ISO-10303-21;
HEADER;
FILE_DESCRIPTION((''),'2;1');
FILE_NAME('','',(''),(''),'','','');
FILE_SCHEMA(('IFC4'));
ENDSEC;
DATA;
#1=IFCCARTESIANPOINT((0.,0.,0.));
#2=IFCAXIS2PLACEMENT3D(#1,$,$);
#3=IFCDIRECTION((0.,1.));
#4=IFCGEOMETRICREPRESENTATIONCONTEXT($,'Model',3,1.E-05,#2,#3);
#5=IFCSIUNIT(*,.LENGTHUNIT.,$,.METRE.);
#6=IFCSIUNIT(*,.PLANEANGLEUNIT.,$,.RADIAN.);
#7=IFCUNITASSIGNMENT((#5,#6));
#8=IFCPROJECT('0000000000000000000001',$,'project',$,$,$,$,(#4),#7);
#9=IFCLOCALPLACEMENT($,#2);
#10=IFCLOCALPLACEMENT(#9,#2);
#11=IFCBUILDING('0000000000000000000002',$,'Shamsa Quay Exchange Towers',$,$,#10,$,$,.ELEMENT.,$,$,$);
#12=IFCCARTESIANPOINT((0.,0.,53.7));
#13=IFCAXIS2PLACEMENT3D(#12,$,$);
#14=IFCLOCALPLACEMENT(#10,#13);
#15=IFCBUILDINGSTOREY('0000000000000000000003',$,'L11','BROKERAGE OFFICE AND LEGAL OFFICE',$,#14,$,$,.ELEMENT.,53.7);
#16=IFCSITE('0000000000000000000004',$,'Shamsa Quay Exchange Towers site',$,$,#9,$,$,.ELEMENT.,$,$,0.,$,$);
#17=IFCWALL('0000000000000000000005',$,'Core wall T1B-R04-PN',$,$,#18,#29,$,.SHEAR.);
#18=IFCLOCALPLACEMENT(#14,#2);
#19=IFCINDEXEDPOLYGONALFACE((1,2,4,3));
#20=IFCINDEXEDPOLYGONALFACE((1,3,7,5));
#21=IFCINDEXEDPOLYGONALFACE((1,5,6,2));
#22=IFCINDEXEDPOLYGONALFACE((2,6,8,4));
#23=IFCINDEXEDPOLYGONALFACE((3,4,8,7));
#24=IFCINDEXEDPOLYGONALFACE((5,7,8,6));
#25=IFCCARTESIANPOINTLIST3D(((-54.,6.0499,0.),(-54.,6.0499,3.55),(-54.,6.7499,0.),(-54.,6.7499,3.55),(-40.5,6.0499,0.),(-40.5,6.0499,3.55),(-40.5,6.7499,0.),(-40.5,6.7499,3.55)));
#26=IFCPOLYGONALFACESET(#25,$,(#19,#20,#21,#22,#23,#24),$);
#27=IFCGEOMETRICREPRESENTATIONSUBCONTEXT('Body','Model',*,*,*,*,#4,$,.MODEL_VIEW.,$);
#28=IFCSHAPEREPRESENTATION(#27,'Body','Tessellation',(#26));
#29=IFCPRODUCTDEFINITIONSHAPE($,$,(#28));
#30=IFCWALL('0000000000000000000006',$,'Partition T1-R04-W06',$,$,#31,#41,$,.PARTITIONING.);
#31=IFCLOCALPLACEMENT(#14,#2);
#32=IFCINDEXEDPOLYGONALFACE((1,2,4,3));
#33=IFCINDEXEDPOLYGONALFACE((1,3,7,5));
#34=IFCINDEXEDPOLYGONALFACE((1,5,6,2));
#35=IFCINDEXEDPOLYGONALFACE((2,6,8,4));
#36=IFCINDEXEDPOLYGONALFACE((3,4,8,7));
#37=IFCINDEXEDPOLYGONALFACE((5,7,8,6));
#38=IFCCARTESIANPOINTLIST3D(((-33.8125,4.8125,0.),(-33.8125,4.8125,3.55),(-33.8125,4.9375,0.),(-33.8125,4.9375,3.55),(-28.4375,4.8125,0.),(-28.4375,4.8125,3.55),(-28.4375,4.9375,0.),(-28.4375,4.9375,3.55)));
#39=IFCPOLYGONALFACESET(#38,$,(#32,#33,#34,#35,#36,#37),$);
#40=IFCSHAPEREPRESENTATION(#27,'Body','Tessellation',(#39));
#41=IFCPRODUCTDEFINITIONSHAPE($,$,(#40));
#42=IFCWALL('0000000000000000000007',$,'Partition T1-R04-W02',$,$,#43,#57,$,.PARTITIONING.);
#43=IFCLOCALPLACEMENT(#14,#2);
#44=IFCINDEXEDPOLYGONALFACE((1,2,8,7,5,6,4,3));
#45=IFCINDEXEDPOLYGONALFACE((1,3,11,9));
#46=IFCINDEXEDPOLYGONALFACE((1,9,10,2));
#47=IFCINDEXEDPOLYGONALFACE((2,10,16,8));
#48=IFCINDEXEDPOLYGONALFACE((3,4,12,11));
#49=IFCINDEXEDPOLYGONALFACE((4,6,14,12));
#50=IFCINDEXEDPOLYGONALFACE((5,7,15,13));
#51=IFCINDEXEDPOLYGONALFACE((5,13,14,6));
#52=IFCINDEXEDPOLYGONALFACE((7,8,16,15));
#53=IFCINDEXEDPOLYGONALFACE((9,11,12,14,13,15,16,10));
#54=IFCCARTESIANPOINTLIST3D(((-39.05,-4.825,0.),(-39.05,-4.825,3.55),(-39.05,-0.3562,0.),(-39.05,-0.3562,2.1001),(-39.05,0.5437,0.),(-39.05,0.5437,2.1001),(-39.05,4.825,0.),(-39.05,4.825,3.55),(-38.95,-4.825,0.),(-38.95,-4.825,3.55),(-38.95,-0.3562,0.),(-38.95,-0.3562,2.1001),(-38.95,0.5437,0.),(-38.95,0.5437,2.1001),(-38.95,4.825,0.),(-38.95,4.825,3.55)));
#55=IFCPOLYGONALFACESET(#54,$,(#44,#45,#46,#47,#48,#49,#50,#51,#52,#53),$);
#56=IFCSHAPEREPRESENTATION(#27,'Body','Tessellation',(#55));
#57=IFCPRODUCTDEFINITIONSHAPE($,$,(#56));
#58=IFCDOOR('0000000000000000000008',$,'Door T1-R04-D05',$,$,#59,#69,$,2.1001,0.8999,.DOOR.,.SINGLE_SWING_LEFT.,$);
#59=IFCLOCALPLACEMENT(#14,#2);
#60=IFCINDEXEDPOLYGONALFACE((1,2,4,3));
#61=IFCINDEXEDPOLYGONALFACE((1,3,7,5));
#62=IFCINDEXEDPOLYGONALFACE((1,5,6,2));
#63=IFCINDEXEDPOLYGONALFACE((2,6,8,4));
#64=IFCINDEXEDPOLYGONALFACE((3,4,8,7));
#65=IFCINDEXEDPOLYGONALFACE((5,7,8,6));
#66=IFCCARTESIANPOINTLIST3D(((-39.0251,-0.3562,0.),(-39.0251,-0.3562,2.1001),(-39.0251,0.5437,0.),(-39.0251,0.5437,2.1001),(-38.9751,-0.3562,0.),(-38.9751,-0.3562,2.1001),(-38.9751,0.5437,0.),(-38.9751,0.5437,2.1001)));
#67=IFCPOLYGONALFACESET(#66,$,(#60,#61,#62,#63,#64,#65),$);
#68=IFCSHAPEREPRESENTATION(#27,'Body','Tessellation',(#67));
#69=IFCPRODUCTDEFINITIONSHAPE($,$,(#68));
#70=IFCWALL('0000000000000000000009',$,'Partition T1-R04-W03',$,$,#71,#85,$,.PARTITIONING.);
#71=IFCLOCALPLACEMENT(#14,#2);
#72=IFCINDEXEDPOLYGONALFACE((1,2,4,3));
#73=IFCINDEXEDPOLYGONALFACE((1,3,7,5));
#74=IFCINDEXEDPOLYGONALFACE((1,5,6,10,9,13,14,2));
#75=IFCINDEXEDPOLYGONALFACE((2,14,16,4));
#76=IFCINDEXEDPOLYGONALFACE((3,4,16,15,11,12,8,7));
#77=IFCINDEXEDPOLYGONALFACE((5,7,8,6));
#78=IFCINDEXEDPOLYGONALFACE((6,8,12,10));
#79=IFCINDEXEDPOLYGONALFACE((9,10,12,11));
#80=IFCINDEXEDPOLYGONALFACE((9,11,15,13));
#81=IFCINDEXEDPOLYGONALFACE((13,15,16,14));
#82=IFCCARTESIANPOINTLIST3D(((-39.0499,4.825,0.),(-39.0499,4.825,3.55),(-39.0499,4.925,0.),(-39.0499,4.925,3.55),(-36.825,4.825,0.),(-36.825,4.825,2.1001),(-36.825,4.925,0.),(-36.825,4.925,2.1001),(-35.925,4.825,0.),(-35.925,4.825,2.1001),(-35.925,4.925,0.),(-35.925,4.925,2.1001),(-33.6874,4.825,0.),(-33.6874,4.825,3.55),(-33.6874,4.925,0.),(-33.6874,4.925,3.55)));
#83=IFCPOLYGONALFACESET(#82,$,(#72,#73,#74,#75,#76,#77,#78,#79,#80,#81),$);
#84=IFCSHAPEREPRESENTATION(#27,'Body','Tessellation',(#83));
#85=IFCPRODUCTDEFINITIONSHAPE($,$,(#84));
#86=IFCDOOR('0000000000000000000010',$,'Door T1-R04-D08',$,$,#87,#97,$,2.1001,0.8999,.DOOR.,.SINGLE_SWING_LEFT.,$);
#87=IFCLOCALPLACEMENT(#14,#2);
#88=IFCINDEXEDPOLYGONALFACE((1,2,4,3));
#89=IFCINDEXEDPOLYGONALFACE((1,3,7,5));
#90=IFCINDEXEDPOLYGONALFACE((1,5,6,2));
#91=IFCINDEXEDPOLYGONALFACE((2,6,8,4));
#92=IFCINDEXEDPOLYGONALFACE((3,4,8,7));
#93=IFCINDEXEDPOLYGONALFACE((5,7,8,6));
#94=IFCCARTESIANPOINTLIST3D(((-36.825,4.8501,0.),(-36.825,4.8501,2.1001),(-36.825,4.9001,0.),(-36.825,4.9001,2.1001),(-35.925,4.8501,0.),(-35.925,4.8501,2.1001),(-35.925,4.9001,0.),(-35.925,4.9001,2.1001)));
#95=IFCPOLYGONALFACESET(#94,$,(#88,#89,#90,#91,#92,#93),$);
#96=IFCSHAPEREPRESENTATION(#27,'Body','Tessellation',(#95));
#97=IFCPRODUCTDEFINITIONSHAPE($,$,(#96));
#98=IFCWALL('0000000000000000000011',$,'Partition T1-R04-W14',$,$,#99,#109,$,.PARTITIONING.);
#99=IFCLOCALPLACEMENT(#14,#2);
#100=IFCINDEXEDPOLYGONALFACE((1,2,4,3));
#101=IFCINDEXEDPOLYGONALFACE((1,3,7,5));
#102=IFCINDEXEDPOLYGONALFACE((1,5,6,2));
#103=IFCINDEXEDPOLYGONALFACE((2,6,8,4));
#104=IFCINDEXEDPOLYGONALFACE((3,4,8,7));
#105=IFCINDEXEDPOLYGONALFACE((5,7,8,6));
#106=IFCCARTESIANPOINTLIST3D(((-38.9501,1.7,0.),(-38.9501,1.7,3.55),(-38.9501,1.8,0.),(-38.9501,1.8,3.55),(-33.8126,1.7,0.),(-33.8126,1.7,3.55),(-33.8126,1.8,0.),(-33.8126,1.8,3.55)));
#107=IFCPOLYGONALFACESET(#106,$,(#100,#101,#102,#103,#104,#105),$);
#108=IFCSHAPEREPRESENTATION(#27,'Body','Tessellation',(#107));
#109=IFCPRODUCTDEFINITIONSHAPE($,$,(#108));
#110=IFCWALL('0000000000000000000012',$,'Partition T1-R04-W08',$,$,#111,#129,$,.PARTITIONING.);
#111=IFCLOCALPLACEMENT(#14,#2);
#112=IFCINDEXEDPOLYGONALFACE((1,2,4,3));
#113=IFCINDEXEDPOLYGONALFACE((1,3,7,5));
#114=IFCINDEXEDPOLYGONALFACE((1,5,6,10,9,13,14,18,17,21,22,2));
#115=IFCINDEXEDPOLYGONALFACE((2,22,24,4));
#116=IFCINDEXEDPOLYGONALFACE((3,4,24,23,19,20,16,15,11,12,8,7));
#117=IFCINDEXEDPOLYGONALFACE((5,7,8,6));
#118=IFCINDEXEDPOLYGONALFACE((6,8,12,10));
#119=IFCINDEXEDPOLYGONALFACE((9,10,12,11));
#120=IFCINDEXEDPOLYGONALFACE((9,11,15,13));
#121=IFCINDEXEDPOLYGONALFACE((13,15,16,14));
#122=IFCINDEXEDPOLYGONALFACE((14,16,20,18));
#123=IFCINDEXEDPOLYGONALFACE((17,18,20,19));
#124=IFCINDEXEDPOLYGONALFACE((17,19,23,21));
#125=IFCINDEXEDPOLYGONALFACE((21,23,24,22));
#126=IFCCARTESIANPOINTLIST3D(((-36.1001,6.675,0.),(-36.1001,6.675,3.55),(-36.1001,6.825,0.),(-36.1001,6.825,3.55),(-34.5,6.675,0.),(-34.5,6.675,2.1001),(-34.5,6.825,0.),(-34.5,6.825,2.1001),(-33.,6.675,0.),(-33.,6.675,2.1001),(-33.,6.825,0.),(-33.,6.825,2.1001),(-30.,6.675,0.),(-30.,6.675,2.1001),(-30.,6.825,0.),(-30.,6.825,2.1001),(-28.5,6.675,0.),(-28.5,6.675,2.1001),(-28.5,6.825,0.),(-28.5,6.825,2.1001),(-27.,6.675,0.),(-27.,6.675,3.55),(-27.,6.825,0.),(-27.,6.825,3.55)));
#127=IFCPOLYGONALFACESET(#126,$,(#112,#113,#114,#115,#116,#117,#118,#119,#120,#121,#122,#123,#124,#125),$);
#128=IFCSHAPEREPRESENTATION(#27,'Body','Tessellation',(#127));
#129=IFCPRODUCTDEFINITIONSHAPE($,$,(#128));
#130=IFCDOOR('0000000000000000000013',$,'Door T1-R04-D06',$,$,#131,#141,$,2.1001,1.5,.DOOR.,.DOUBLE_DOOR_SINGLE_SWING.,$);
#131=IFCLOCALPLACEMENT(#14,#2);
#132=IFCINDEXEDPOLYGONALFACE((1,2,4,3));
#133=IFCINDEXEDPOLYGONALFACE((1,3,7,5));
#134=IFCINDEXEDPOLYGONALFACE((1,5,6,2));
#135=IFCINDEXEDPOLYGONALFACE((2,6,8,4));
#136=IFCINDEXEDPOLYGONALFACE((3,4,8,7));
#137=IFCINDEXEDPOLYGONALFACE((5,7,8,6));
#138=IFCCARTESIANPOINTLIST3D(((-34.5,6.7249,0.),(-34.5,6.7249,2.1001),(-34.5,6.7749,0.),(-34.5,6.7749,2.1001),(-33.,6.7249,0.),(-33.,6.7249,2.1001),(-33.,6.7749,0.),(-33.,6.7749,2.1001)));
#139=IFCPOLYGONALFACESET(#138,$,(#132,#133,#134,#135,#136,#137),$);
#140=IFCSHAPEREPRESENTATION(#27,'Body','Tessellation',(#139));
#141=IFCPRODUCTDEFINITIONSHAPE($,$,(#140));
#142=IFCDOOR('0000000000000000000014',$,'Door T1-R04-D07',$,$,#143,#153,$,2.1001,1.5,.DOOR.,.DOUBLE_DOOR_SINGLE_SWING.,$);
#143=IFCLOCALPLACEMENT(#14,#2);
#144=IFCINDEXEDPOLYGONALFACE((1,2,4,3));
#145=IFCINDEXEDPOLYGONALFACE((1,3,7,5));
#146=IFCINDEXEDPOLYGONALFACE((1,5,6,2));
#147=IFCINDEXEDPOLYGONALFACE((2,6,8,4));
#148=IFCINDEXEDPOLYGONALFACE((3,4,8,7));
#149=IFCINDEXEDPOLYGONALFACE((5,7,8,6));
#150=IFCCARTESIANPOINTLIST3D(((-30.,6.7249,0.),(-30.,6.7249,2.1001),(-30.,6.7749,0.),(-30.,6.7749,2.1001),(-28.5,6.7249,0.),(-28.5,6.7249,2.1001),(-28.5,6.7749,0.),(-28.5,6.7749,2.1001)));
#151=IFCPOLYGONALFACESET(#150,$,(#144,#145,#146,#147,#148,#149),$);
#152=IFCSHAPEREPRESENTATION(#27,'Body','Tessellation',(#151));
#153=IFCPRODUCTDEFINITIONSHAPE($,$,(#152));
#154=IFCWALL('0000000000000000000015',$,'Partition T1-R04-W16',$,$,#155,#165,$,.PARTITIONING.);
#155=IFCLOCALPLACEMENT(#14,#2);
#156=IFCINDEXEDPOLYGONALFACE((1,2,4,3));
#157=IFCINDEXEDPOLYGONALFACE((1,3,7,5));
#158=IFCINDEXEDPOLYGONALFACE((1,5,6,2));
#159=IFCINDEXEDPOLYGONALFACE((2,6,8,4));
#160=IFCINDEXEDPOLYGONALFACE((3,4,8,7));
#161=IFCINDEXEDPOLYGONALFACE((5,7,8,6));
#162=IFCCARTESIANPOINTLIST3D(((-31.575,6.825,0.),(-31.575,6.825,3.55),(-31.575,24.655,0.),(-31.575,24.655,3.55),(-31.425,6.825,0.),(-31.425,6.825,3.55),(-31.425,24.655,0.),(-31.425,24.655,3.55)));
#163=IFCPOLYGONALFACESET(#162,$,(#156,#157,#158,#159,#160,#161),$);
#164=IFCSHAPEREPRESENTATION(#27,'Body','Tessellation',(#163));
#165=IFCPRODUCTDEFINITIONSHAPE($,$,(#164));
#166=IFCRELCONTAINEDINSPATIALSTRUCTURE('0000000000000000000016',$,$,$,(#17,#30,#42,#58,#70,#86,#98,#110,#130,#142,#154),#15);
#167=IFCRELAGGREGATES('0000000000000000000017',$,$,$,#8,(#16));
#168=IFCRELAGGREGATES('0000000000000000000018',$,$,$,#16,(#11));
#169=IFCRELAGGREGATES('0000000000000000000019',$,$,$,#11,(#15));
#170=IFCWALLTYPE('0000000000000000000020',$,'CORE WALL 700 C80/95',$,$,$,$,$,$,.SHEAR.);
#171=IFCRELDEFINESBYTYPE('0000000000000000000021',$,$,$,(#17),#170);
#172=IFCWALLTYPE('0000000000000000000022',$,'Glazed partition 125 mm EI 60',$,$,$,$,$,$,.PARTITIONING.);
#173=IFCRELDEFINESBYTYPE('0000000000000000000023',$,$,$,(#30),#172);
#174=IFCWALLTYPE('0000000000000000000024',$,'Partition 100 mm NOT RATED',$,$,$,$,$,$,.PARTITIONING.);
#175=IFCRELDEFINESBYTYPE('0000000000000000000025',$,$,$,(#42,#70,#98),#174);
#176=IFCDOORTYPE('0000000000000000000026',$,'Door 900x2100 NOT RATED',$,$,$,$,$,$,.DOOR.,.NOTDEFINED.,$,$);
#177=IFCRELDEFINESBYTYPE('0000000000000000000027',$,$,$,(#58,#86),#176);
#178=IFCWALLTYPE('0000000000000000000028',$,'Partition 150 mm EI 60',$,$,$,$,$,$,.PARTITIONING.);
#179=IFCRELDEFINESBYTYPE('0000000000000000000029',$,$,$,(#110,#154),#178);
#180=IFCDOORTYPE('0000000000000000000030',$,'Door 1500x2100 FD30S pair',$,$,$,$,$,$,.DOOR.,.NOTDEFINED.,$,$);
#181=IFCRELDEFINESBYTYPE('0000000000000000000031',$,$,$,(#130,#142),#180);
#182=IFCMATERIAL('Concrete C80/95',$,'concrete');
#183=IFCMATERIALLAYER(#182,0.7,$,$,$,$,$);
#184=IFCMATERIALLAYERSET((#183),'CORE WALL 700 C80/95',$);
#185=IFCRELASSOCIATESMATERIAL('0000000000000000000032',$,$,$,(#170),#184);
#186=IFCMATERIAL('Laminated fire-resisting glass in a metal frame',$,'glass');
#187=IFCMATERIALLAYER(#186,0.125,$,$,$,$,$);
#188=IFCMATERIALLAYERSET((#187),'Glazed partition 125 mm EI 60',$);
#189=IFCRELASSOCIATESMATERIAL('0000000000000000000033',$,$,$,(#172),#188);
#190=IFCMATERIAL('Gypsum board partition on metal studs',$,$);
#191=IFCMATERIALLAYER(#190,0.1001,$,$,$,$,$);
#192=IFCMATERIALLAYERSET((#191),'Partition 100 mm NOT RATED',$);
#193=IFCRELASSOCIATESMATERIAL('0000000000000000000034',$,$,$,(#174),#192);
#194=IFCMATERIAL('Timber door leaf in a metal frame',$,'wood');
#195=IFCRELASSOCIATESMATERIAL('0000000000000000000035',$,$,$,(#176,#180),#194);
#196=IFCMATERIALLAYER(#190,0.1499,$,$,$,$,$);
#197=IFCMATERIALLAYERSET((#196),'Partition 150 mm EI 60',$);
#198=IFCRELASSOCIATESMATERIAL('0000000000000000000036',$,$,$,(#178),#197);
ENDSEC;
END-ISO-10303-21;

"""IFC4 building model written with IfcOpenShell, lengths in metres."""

from ifc_helpers import new_model, si_unit, direction, frame, frame_2d, origin, place, context, subcontext, project, spatial, rectangle, extrude, material, layer, layer_set, type_object, element, fill, save


model = new_model("IFC4")

# Units and contexts
model_context = context("Model", 3, precision=1e-05, world=origin(), true_north=direction((0.0, 1.0)))
body_context = subcontext(model_context, "Body", "Model", "MODEL_VIEW")
ifc_project = project(units=[si_unit("LENGTHUNIT", "METRE"), si_unit("PLANEANGLEUNIT", "RADIAN")], contexts=[model_context])

# Site, building, storey
site_placement = place(None, origin())
site = spatial("IfcSite", under=ifc_project, at=site_placement, Name="Shamsa Quay Exchange Towers site", CompositionType="ELEMENT", RefElevation=0.0)
building_placement = place(site_placement, origin())
building = spatial("IfcBuilding", under=site, at=building_placement, Name="Shamsa Quay Exchange Towers", CompositionType="ELEMENT")
storey_placement = place(building_placement, frame((0.0, 0.0, 53.7)))
storey = spatial("IfcBuildingStorey", under=building, at=storey_placement, Name="L11", Description="BROKERAGE OFFICE AND LEGAL OFFICE", CompositionType="ELEMENT", Elevation=53.7)

# Walls
ifc_material_1 = material(Name="Concrete C80/95", Category="concrete")
ifc_layer_1 = layer(ifc_material_1, 0.7)
ifc_layer_set_1 = layer_set([ifc_layer_1], Name="CORE WALL 700 C80/95")
wall_type_1 = type_object("IfcWallType", Name="CORE WALL 700 C80/95", PredefinedType="SHEAR", material=ifc_layer_set_1)
wall_1_placement = place(storey_placement, frame((-40.5, 6.3999, 0.0), z_axis=(0.0, 0.0, 1.0), x_axis=(-1.0, 0.0, 0.0)))
element("IfcWall", 1, at=wall_1_placement, inside=storey, type_object=wall_type_1, Name="Core wall T1B-R04-PN", PredefinedType="SHEAR", context=body_context, shape_type="SweptSolid", body=[
    extrude(rectangle(XDim=13.5, YDim=0.7, at=frame_2d((6.75, 0.0))), origin(), (0.0, 0.0, 1.0), 3.55),
])
ifc_material_2 = material(Name="Laminated fire-resisting glass in a metal frame", Category="glass")
ifc_layer_2 = layer(ifc_material_2, 0.125)
ifc_layer_set_2 = layer_set([ifc_layer_2], Name="Glazed partition 125 mm EI 60")
wall_type_2 = type_object("IfcWallType", Name="Glazed partition 125 mm EI 60", PredefinedType="PARTITIONING", material=ifc_layer_set_2)
wall_2_placement = place(storey_placement, frame((-28.4375, 4.875, 0.0), z_axis=(0.0, 0.0, 1.0), x_axis=(-1.0, 0.0, 0.0)))
element("IfcWall", 2, at=wall_2_placement, inside=storey, type_object=wall_type_2, Name="Partition T1-R04-W06", PredefinedType="PARTITIONING", context=body_context, shape_type="SweptSolid", body=[
    extrude(rectangle(XDim=5.375, YDim=0.125, at=frame_2d((2.6875, 0.0))), origin(), (0.0, 0.0, 1.0), 3.55),
])

# Walls, openings, doors
ifc_material_3 = material(Name="Gypsum board partition on metal studs")
ifc_layer_3 = layer(ifc_material_3, 0.1001)
ifc_layer_set_3 = layer_set([ifc_layer_3], Name="Partition 100 mm NOT RATED")
wall_type_3 = type_object("IfcWallType", Name="Partition 100 mm NOT RATED", PredefinedType="PARTITIONING", material=ifc_layer_set_3)
wall_3_placement = place(storey_placement, frame((-39.0, 4.825, 0.0), z_axis=(0.0, 0.0, 1.0), x_axis=(0.0, -1.0, 0.0)))
wall_3 = element("IfcWall", 3, at=wall_3_placement, inside=storey, type_object=wall_type_3, Name="Partition T1-R04-W02", PredefinedType="PARTITIONING", context=body_context, shape_type="SweptSolid", body=[
    extrude(rectangle(XDim=9.6499, YDim=0.1001, at=frame_2d((4.825, 0.0))), origin(), (0.0, 0.0, 1.0), 3.55),
])
opening_1_placement = place(wall_3_placement, frame((4.2812, 0.0, 0.0)))
opening_1 = element("IfcOpeningElement", 4, at=opening_1_placement, cuts=wall_3, PredefinedType="OPENING", context=body_context, shape_type="SweptSolid", body=[
    extrude(rectangle(XDim=0.8999, YDim=2.1001, at=frame_2d((0.45, 1.05))), frame((0.0, 0.0601, 0.0), z_axis=(0.0, -1.0, 0.0), x_axis=(1.0, 0.0, 0.0)), (0.0, 0.0, 1.0), 0.1201),
])
ifc_material_4 = material(Name="Timber door leaf in a metal frame", Category="wood")
door_type_1 = type_object("IfcDoorType", Name="Door 900x2100 NOT RATED", OperationType="NOTDEFINED", PredefinedType="DOOR", material=ifc_material_4)
door_1_placement = place(opening_1_placement, origin())
door_1 = element("IfcDoor", 5, at=door_1_placement, inside=storey, type_object=door_type_1, Name="Door T1-R04-D05", OperationType="SINGLE_SWING_LEFT", OverallHeight=2.1001, OverallWidth=0.8999, PredefinedType="DOOR", context=body_context, shape_type="SweptSolid", body=[
    extrude(rectangle(XDim=0.8999, YDim=2.1001, at=frame_2d((0.45, 1.05))), frame((0.0, 0.0249, 0.0), z_axis=(0.0, -1.0, 0.0), x_axis=(1.0, 0.0, 0.0)), (0.0, 0.0, 1.0), 0.05),
])
fill(opening_1, door_1)
wall_4_placement = place(storey_placement, frame((-33.6875, 4.875, 0.0), z_axis=(0.0, 0.0, 1.0), x_axis=(-1.0, 0.0, 0.0)))
wall_4 = element("IfcWall", 6, at=wall_4_placement, inside=storey, type_object=wall_type_3, Name="Partition T1-R04-W03", PredefinedType="PARTITIONING", context=body_context, shape_type="SweptSolid", body=[
    extrude(rectangle(XDim=5.3625, YDim=0.1001, at=frame_2d((2.6812, 0.0))), origin(), (0.0, 0.0, 1.0), 3.55),
])
opening_2_placement = place(wall_4_placement, frame((2.2375, 0.0, 0.0)))
opening_2 = element("IfcOpeningElement", 7, at=opening_2_placement, cuts=wall_4, PredefinedType="OPENING", context=body_context, shape_type="SweptSolid", body=[
    extrude(rectangle(XDim=0.8999, YDim=2.1001, at=frame_2d((0.45, 1.05))), frame((0.0, 0.0601, 0.0), z_axis=(0.0, -1.0, 0.0), x_axis=(1.0, 0.0, 0.0)), (0.0, 0.0, 1.0), 0.1201),
])
door_2_placement = place(opening_2_placement, origin())
door_2 = element("IfcDoor", 8, at=door_2_placement, inside=storey, type_object=door_type_1, Name="Door T1-R04-D08", OperationType="SINGLE_SWING_LEFT", OverallHeight=2.1001, OverallWidth=0.8999, PredefinedType="DOOR", context=body_context, shape_type="SweptSolid", body=[
    extrude(rectangle(XDim=0.8999, YDim=2.1001, at=frame_2d((0.45, 1.05))), frame((0.0, 0.0249, 0.0), z_axis=(0.0, -1.0, 0.0), x_axis=(1.0, 0.0, 0.0)), (0.0, 0.0, 1.0), 0.05),
])
fill(opening_2, door_2)

# Wall
wall_5_placement = place(storey_placement, frame((-33.8125, 1.75, 0.0), z_axis=(0.0, 0.0, 1.0), x_axis=(-1.0, 0.0, 0.0)))
element("IfcWall", 9, at=wall_5_placement, inside=storey, type_object=wall_type_3, Name="Partition T1-R04-W14", PredefinedType="PARTITIONING", context=body_context, shape_type="SweptSolid", body=[
    extrude(rectangle(XDim=5.1375, YDim=0.1001, at=frame_2d((2.5688, 0.0))), origin(), (0.0, 0.0, 1.0), 3.55),
])

# Wall, openings, doors
ifc_layer_4 = layer(ifc_material_3, 0.1499)
ifc_layer_set_4 = layer_set([ifc_layer_4], Name="Partition 150 mm EI 60")
wall_type_4 = type_object("IfcWallType", Name="Partition 150 mm EI 60", PredefinedType="PARTITIONING", material=ifc_layer_set_4)
wall_6_placement = place(storey_placement, frame((-36.1001, 6.75, 0.0)))
wall_6 = element("IfcWall", 10, at=wall_6_placement, inside=storey, type_object=wall_type_4, Name="Partition T1-R04-W08", PredefinedType="PARTITIONING", context=body_context, shape_type="SweptSolid", body=[
    extrude(rectangle(XDim=9.1001, YDim=0.1499, at=frame_2d((4.55, 0.0))), origin(), (0.0, 0.0, 1.0), 3.55),
])
opening_3_placement = place(wall_6_placement, frame((1.6001, 0.0, 0.0)))
opening_3 = element("IfcOpeningElement", 11, at=opening_3_placement, cuts=wall_6, PredefinedType="OPENING", context=body_context, shape_type="SweptSolid", body=[
    extrude(rectangle(XDim=1.5, YDim=2.1001, at=frame_2d((0.75, 1.05))), frame((0.0, 0.085, 0.0), z_axis=(0.0, -1.0, 0.0), x_axis=(1.0, 0.0, 0.0)), (0.0, 0.0, 1.0), 0.1699),
])
opening_4_placement = place(wall_6_placement, frame((6.1001, 0.0, 0.0)))
opening_4 = element("IfcOpeningElement", 12, at=opening_4_placement, cuts=wall_6, PredefinedType="OPENING", context=body_context, shape_type="SweptSolid", body=[
    extrude(rectangle(XDim=1.5, YDim=2.1001, at=frame_2d((0.75, 1.05))), frame((0.0, 0.085, 0.0), z_axis=(0.0, -1.0, 0.0), x_axis=(1.0, 0.0, 0.0)), (0.0, 0.0, 1.0), 0.1699),
])
door_type_2 = type_object("IfcDoorType", Name="Door 1500x2100 FD30S pair", OperationType="NOTDEFINED", PredefinedType="DOOR", material=ifc_material_4)
door_3_placement = place(opening_3_placement, origin())
door_3 = element("IfcDoor", 13, at=door_3_placement, inside=storey, type_object=door_type_2, Name="Door T1-R04-D06", OperationType="DOUBLE_DOOR_SINGLE_SWING", OverallHeight=2.1001, OverallWidth=1.5, PredefinedType="DOOR", context=body_context, shape_type="SweptSolid", body=[
    extrude(rectangle(XDim=1.5, YDim=2.1001, at=frame_2d((0.75, 1.05))), frame((0.0, 0.0249, 0.0), z_axis=(0.0, -1.0, 0.0), x_axis=(1.0, 0.0, 0.0)), (0.0, 0.0, 1.0), 0.05),
])
fill(opening_3, door_3)
door_4_placement = place(opening_4_placement, origin())
door_4 = element("IfcDoor", 14, at=door_4_placement, inside=storey, type_object=door_type_2, Name="Door T1-R04-D07", OperationType="DOUBLE_DOOR_SINGLE_SWING", OverallHeight=2.1001, OverallWidth=1.5, PredefinedType="DOOR", context=body_context, shape_type="SweptSolid", body=[
    extrude(rectangle(XDim=1.5, YDim=2.1001, at=frame_2d((0.75, 1.05))), frame((0.0, 0.0249, 0.0), z_axis=(0.0, -1.0, 0.0), x_axis=(1.0, 0.0, 0.0)), (0.0, 0.0, 1.0), 0.05),
])
fill(opening_4, door_4)

# Wall
wall_7_placement = place(storey_placement, frame((-31.5, 6.825, 0.0), z_axis=(0.0, 0.0, 1.0), x_axis=(0.0, 1.0, 0.0)))
element("IfcWall", 15, at=wall_7_placement, inside=storey, type_object=wall_type_4, Name="Partition T1-R04-W16", PredefinedType="PARTITIONING", context=body_context, shape_type="SweptSolid", body=[
    extrude(rectangle(XDim=17.8301, YDim=0.1499, at=frame_2d((8.915, 0.0))), origin(), (0.0, 0.0, 1.0), 3.55),
])

save(model, "model.ifc")
